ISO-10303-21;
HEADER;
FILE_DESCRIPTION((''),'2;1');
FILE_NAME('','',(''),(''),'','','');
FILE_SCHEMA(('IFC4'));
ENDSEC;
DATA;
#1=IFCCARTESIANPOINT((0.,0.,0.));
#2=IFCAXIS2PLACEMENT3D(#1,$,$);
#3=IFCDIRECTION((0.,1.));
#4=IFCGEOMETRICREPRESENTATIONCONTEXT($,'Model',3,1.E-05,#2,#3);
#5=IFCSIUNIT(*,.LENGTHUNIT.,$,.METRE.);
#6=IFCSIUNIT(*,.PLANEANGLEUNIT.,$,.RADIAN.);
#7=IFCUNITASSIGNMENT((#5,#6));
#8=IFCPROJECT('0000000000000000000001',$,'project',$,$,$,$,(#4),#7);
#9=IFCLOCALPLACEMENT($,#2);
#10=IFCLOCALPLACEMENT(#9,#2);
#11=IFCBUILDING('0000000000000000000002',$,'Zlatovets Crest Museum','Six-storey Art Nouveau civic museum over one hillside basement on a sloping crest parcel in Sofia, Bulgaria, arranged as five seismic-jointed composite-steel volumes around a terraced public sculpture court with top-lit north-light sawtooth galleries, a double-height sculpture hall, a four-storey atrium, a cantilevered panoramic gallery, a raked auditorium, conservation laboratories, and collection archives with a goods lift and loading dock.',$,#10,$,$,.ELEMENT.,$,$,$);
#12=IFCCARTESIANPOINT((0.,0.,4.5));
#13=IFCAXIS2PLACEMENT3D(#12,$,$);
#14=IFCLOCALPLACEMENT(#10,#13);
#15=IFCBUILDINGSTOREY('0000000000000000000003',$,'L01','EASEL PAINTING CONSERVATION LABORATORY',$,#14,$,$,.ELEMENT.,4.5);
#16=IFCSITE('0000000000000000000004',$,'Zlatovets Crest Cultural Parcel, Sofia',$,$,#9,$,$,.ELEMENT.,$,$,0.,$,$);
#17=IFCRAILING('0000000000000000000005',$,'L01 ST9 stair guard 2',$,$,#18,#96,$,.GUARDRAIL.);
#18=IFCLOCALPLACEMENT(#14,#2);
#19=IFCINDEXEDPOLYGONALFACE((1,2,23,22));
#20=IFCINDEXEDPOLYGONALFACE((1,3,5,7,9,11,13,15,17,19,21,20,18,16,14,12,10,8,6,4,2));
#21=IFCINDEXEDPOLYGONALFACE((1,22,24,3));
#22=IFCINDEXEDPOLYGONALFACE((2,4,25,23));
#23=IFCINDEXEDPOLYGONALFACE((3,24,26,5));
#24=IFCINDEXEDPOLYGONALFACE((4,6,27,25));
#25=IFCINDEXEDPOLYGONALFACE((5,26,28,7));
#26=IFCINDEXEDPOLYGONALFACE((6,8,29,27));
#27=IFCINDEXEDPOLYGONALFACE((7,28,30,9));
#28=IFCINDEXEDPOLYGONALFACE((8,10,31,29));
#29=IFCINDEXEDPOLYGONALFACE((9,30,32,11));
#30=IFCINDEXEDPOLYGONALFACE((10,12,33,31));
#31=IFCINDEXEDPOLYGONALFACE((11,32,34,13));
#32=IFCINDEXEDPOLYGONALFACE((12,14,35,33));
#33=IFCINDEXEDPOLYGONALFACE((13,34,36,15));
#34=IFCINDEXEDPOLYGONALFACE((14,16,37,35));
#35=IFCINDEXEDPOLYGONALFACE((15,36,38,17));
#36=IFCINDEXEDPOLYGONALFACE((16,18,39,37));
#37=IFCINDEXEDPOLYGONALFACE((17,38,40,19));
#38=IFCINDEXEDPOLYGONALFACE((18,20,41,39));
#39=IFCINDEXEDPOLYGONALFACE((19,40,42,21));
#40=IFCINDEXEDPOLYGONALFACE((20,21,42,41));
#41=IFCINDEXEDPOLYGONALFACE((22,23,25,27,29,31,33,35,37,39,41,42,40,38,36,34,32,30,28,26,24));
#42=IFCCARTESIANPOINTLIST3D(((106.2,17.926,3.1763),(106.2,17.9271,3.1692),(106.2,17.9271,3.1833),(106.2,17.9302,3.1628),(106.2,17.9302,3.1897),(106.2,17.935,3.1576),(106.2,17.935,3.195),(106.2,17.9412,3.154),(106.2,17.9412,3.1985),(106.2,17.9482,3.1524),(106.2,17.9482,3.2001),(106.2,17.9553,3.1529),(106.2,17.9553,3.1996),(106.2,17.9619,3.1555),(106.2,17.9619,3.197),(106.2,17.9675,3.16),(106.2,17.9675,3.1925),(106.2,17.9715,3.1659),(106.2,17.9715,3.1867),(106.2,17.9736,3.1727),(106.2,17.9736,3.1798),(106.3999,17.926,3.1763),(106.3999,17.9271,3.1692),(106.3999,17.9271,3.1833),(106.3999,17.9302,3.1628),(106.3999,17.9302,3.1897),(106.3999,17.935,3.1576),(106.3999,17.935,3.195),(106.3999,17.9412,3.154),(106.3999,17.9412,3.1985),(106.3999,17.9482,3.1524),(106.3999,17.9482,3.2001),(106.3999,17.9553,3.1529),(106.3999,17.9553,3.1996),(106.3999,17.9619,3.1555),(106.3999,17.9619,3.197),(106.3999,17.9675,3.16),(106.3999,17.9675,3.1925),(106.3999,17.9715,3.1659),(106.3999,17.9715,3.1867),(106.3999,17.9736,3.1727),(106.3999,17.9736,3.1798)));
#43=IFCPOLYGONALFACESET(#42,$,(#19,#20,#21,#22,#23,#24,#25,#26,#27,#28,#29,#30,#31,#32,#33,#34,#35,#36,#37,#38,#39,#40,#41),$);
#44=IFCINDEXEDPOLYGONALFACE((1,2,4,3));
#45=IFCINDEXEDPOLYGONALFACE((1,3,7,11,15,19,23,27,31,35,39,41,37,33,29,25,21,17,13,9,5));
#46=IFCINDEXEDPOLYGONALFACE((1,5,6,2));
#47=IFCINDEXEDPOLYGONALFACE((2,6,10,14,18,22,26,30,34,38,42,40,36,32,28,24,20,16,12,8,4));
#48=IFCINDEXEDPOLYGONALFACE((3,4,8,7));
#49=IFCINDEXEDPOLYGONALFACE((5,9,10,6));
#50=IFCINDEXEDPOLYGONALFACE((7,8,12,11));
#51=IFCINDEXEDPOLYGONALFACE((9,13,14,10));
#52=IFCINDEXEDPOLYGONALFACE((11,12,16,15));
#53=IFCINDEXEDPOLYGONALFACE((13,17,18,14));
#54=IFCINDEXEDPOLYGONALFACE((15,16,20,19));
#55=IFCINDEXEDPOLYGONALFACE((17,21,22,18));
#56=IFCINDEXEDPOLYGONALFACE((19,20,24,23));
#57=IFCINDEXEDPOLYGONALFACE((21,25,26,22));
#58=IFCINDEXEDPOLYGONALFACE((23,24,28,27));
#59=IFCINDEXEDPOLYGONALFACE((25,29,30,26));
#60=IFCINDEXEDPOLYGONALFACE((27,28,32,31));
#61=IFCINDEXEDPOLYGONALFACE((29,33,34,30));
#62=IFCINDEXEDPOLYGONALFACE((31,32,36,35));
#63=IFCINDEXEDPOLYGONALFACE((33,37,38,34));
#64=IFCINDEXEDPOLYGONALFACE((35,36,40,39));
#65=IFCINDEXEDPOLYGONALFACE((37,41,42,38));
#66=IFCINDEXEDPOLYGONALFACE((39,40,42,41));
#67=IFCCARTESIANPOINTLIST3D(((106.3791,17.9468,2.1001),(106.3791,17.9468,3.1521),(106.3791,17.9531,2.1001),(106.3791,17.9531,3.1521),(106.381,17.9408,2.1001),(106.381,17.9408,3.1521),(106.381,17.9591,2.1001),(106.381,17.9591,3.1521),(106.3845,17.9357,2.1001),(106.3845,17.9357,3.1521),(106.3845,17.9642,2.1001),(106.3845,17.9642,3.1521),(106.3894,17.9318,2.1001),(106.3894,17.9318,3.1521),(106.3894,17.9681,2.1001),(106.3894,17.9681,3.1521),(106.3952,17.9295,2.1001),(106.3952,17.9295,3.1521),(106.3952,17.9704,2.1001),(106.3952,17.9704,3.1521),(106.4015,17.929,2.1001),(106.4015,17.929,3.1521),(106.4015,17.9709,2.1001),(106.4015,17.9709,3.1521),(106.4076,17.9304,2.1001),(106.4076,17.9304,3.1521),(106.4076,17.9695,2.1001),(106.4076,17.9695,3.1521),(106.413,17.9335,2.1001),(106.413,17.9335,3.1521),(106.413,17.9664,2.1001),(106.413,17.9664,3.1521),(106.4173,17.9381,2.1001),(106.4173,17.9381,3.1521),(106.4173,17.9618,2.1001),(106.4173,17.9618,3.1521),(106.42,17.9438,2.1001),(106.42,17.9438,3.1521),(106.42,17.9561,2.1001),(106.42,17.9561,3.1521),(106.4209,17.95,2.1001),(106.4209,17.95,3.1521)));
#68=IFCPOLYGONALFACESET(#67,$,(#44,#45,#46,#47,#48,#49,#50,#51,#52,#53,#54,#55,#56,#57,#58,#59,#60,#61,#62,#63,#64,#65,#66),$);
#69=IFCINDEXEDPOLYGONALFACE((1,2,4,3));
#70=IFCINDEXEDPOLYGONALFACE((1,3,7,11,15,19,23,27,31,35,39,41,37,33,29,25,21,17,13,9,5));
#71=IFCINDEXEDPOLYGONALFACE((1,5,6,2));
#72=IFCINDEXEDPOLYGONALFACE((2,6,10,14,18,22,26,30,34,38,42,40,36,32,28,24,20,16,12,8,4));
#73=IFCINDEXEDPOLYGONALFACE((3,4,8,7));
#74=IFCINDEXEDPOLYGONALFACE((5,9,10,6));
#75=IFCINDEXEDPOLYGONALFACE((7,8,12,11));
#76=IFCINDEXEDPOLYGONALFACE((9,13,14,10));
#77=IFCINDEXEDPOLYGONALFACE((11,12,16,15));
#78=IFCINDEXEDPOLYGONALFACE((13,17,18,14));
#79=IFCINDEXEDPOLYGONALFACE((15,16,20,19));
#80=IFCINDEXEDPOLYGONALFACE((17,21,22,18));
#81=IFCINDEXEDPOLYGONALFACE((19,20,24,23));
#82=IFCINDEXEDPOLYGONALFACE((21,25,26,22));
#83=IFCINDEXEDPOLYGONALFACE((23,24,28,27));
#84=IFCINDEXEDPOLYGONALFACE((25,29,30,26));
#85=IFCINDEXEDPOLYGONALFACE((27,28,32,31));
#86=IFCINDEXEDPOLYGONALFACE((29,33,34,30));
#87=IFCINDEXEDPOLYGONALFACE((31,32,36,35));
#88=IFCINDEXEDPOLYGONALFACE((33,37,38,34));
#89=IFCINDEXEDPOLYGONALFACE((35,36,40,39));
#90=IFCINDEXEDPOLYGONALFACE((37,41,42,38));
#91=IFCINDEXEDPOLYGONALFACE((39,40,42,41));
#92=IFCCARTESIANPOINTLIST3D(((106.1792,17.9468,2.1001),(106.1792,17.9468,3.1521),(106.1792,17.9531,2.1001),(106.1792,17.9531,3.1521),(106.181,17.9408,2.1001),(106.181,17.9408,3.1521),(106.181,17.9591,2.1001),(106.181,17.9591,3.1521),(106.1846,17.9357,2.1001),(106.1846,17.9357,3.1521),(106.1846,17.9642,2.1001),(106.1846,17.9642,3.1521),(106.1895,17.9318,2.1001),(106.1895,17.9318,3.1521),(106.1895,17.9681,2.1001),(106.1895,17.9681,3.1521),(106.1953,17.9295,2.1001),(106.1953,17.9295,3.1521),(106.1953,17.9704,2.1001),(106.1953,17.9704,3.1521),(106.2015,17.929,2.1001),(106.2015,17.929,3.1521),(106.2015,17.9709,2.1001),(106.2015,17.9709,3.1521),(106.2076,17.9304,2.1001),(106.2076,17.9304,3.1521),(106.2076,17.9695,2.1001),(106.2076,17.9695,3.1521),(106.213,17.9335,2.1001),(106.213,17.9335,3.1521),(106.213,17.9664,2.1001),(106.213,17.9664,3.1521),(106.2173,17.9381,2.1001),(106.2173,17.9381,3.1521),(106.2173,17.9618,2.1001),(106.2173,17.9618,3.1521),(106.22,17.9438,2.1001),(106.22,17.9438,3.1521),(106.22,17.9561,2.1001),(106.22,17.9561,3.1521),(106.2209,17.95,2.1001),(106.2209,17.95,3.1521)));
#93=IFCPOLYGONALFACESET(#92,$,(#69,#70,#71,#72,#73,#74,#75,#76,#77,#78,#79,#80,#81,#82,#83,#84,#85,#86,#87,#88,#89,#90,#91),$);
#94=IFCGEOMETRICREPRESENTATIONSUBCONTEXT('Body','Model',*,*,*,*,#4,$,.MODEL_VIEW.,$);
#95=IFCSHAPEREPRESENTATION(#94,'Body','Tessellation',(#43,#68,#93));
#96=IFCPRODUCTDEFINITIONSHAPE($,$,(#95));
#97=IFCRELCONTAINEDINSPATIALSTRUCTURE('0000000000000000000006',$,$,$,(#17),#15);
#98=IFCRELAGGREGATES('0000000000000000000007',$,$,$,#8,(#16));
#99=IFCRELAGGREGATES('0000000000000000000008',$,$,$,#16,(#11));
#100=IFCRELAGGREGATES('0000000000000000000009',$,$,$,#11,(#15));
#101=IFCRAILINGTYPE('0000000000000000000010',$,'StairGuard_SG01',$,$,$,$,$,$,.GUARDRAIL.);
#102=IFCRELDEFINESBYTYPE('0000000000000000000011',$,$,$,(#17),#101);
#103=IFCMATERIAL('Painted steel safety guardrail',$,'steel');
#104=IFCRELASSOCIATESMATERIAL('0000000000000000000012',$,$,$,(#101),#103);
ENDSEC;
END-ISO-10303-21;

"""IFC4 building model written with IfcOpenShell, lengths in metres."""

from ifc_helpers import new_model, si_unit, direction, frame, origin, origin_2d, place, context, subcontext, project, spatial, circle, extrude, material, type_object, element, save


model = new_model("IFC4")

# Units and contexts
model_context = context("Model", 3, precision=1e-05, world=origin(), true_north=direction((0.0, 1.0)))
body_context = subcontext(model_context, "Body", "Model", "MODEL_VIEW")
ifc_project = project(units=[si_unit("LENGTHUNIT", "METRE"), si_unit("PLANEANGLEUNIT", "RADIAN")], contexts=[model_context])

# Site, building, storey
site_placement = place(None, origin())
site = spatial("IfcSite", under=ifc_project, at=site_placement, Name="Zlatovets Crest Cultural Parcel, Sofia", CompositionType="ELEMENT", RefElevation=0.0)
building_placement = place(site_placement, origin())
building = spatial("IfcBuilding", under=site, at=building_placement, Name="Zlatovets Crest Museum", Description="Six-storey Art Nouveau civic museum over one hillside basement on a sloping crest parcel in Sofia, Bulgaria, arranged as five seismic-jointed composite-steel volumes around a terraced public sculpture court with top-lit north-light sawtooth galleries, a double-height sculpture hall, a four-storey atrium, a cantilevered panoramic gallery, a raked auditorium, conservation laboratories, and collection archives with a goods lift and loading dock.", CompositionType="ELEMENT")
storey_placement = place(building_placement, frame((0.0, 0.0, 4.5)))
storey = spatial("IfcBuildingStorey", under=building, at=storey_placement, Name="L01", Description="EASEL PAINTING CONSERVATION LABORATORY", CompositionType="ELEMENT", Elevation=4.5)

# Railing
ifc_material_1 = material(Name="Painted steel safety guardrail", Category="steel")
railing_type_1 = type_object("IfcRailingType", Name="StairGuard_SG01", PredefinedType="GUARDRAIL", material=ifc_material_1)
railing_1_placement = place(storey_placement, frame((106.3999, 17.95, 2.1001)))
element("IfcRailing", 1, at=railing_1_placement, inside=storey, type_object=railing_type_1, Name="L01 ST9 stair guard 2", PredefinedType="GUARDRAIL", context=body_context, shape_type="SweptSolid", body=[
    extrude(circle(Radius=0.0239, at=origin_2d()), frame((0.0, 0.0, 1.0762), z_axis=(-1.0, 0.0, 0.0), x_axis=(0.0, -1.0, 0.0)), (0.0, 0.0, 1.0), 0.2),
    extrude(circle(Radius=0.021, at=origin_2d()), origin(), (0.0, 0.0, 1.0), 1.052),
    extrude(circle(Radius=0.021, at=origin_2d()), frame((-0.2, 0.0, 0.0)), (0.0, 0.0, 1.0), 1.052),
])

save(model, "model.ifc")
